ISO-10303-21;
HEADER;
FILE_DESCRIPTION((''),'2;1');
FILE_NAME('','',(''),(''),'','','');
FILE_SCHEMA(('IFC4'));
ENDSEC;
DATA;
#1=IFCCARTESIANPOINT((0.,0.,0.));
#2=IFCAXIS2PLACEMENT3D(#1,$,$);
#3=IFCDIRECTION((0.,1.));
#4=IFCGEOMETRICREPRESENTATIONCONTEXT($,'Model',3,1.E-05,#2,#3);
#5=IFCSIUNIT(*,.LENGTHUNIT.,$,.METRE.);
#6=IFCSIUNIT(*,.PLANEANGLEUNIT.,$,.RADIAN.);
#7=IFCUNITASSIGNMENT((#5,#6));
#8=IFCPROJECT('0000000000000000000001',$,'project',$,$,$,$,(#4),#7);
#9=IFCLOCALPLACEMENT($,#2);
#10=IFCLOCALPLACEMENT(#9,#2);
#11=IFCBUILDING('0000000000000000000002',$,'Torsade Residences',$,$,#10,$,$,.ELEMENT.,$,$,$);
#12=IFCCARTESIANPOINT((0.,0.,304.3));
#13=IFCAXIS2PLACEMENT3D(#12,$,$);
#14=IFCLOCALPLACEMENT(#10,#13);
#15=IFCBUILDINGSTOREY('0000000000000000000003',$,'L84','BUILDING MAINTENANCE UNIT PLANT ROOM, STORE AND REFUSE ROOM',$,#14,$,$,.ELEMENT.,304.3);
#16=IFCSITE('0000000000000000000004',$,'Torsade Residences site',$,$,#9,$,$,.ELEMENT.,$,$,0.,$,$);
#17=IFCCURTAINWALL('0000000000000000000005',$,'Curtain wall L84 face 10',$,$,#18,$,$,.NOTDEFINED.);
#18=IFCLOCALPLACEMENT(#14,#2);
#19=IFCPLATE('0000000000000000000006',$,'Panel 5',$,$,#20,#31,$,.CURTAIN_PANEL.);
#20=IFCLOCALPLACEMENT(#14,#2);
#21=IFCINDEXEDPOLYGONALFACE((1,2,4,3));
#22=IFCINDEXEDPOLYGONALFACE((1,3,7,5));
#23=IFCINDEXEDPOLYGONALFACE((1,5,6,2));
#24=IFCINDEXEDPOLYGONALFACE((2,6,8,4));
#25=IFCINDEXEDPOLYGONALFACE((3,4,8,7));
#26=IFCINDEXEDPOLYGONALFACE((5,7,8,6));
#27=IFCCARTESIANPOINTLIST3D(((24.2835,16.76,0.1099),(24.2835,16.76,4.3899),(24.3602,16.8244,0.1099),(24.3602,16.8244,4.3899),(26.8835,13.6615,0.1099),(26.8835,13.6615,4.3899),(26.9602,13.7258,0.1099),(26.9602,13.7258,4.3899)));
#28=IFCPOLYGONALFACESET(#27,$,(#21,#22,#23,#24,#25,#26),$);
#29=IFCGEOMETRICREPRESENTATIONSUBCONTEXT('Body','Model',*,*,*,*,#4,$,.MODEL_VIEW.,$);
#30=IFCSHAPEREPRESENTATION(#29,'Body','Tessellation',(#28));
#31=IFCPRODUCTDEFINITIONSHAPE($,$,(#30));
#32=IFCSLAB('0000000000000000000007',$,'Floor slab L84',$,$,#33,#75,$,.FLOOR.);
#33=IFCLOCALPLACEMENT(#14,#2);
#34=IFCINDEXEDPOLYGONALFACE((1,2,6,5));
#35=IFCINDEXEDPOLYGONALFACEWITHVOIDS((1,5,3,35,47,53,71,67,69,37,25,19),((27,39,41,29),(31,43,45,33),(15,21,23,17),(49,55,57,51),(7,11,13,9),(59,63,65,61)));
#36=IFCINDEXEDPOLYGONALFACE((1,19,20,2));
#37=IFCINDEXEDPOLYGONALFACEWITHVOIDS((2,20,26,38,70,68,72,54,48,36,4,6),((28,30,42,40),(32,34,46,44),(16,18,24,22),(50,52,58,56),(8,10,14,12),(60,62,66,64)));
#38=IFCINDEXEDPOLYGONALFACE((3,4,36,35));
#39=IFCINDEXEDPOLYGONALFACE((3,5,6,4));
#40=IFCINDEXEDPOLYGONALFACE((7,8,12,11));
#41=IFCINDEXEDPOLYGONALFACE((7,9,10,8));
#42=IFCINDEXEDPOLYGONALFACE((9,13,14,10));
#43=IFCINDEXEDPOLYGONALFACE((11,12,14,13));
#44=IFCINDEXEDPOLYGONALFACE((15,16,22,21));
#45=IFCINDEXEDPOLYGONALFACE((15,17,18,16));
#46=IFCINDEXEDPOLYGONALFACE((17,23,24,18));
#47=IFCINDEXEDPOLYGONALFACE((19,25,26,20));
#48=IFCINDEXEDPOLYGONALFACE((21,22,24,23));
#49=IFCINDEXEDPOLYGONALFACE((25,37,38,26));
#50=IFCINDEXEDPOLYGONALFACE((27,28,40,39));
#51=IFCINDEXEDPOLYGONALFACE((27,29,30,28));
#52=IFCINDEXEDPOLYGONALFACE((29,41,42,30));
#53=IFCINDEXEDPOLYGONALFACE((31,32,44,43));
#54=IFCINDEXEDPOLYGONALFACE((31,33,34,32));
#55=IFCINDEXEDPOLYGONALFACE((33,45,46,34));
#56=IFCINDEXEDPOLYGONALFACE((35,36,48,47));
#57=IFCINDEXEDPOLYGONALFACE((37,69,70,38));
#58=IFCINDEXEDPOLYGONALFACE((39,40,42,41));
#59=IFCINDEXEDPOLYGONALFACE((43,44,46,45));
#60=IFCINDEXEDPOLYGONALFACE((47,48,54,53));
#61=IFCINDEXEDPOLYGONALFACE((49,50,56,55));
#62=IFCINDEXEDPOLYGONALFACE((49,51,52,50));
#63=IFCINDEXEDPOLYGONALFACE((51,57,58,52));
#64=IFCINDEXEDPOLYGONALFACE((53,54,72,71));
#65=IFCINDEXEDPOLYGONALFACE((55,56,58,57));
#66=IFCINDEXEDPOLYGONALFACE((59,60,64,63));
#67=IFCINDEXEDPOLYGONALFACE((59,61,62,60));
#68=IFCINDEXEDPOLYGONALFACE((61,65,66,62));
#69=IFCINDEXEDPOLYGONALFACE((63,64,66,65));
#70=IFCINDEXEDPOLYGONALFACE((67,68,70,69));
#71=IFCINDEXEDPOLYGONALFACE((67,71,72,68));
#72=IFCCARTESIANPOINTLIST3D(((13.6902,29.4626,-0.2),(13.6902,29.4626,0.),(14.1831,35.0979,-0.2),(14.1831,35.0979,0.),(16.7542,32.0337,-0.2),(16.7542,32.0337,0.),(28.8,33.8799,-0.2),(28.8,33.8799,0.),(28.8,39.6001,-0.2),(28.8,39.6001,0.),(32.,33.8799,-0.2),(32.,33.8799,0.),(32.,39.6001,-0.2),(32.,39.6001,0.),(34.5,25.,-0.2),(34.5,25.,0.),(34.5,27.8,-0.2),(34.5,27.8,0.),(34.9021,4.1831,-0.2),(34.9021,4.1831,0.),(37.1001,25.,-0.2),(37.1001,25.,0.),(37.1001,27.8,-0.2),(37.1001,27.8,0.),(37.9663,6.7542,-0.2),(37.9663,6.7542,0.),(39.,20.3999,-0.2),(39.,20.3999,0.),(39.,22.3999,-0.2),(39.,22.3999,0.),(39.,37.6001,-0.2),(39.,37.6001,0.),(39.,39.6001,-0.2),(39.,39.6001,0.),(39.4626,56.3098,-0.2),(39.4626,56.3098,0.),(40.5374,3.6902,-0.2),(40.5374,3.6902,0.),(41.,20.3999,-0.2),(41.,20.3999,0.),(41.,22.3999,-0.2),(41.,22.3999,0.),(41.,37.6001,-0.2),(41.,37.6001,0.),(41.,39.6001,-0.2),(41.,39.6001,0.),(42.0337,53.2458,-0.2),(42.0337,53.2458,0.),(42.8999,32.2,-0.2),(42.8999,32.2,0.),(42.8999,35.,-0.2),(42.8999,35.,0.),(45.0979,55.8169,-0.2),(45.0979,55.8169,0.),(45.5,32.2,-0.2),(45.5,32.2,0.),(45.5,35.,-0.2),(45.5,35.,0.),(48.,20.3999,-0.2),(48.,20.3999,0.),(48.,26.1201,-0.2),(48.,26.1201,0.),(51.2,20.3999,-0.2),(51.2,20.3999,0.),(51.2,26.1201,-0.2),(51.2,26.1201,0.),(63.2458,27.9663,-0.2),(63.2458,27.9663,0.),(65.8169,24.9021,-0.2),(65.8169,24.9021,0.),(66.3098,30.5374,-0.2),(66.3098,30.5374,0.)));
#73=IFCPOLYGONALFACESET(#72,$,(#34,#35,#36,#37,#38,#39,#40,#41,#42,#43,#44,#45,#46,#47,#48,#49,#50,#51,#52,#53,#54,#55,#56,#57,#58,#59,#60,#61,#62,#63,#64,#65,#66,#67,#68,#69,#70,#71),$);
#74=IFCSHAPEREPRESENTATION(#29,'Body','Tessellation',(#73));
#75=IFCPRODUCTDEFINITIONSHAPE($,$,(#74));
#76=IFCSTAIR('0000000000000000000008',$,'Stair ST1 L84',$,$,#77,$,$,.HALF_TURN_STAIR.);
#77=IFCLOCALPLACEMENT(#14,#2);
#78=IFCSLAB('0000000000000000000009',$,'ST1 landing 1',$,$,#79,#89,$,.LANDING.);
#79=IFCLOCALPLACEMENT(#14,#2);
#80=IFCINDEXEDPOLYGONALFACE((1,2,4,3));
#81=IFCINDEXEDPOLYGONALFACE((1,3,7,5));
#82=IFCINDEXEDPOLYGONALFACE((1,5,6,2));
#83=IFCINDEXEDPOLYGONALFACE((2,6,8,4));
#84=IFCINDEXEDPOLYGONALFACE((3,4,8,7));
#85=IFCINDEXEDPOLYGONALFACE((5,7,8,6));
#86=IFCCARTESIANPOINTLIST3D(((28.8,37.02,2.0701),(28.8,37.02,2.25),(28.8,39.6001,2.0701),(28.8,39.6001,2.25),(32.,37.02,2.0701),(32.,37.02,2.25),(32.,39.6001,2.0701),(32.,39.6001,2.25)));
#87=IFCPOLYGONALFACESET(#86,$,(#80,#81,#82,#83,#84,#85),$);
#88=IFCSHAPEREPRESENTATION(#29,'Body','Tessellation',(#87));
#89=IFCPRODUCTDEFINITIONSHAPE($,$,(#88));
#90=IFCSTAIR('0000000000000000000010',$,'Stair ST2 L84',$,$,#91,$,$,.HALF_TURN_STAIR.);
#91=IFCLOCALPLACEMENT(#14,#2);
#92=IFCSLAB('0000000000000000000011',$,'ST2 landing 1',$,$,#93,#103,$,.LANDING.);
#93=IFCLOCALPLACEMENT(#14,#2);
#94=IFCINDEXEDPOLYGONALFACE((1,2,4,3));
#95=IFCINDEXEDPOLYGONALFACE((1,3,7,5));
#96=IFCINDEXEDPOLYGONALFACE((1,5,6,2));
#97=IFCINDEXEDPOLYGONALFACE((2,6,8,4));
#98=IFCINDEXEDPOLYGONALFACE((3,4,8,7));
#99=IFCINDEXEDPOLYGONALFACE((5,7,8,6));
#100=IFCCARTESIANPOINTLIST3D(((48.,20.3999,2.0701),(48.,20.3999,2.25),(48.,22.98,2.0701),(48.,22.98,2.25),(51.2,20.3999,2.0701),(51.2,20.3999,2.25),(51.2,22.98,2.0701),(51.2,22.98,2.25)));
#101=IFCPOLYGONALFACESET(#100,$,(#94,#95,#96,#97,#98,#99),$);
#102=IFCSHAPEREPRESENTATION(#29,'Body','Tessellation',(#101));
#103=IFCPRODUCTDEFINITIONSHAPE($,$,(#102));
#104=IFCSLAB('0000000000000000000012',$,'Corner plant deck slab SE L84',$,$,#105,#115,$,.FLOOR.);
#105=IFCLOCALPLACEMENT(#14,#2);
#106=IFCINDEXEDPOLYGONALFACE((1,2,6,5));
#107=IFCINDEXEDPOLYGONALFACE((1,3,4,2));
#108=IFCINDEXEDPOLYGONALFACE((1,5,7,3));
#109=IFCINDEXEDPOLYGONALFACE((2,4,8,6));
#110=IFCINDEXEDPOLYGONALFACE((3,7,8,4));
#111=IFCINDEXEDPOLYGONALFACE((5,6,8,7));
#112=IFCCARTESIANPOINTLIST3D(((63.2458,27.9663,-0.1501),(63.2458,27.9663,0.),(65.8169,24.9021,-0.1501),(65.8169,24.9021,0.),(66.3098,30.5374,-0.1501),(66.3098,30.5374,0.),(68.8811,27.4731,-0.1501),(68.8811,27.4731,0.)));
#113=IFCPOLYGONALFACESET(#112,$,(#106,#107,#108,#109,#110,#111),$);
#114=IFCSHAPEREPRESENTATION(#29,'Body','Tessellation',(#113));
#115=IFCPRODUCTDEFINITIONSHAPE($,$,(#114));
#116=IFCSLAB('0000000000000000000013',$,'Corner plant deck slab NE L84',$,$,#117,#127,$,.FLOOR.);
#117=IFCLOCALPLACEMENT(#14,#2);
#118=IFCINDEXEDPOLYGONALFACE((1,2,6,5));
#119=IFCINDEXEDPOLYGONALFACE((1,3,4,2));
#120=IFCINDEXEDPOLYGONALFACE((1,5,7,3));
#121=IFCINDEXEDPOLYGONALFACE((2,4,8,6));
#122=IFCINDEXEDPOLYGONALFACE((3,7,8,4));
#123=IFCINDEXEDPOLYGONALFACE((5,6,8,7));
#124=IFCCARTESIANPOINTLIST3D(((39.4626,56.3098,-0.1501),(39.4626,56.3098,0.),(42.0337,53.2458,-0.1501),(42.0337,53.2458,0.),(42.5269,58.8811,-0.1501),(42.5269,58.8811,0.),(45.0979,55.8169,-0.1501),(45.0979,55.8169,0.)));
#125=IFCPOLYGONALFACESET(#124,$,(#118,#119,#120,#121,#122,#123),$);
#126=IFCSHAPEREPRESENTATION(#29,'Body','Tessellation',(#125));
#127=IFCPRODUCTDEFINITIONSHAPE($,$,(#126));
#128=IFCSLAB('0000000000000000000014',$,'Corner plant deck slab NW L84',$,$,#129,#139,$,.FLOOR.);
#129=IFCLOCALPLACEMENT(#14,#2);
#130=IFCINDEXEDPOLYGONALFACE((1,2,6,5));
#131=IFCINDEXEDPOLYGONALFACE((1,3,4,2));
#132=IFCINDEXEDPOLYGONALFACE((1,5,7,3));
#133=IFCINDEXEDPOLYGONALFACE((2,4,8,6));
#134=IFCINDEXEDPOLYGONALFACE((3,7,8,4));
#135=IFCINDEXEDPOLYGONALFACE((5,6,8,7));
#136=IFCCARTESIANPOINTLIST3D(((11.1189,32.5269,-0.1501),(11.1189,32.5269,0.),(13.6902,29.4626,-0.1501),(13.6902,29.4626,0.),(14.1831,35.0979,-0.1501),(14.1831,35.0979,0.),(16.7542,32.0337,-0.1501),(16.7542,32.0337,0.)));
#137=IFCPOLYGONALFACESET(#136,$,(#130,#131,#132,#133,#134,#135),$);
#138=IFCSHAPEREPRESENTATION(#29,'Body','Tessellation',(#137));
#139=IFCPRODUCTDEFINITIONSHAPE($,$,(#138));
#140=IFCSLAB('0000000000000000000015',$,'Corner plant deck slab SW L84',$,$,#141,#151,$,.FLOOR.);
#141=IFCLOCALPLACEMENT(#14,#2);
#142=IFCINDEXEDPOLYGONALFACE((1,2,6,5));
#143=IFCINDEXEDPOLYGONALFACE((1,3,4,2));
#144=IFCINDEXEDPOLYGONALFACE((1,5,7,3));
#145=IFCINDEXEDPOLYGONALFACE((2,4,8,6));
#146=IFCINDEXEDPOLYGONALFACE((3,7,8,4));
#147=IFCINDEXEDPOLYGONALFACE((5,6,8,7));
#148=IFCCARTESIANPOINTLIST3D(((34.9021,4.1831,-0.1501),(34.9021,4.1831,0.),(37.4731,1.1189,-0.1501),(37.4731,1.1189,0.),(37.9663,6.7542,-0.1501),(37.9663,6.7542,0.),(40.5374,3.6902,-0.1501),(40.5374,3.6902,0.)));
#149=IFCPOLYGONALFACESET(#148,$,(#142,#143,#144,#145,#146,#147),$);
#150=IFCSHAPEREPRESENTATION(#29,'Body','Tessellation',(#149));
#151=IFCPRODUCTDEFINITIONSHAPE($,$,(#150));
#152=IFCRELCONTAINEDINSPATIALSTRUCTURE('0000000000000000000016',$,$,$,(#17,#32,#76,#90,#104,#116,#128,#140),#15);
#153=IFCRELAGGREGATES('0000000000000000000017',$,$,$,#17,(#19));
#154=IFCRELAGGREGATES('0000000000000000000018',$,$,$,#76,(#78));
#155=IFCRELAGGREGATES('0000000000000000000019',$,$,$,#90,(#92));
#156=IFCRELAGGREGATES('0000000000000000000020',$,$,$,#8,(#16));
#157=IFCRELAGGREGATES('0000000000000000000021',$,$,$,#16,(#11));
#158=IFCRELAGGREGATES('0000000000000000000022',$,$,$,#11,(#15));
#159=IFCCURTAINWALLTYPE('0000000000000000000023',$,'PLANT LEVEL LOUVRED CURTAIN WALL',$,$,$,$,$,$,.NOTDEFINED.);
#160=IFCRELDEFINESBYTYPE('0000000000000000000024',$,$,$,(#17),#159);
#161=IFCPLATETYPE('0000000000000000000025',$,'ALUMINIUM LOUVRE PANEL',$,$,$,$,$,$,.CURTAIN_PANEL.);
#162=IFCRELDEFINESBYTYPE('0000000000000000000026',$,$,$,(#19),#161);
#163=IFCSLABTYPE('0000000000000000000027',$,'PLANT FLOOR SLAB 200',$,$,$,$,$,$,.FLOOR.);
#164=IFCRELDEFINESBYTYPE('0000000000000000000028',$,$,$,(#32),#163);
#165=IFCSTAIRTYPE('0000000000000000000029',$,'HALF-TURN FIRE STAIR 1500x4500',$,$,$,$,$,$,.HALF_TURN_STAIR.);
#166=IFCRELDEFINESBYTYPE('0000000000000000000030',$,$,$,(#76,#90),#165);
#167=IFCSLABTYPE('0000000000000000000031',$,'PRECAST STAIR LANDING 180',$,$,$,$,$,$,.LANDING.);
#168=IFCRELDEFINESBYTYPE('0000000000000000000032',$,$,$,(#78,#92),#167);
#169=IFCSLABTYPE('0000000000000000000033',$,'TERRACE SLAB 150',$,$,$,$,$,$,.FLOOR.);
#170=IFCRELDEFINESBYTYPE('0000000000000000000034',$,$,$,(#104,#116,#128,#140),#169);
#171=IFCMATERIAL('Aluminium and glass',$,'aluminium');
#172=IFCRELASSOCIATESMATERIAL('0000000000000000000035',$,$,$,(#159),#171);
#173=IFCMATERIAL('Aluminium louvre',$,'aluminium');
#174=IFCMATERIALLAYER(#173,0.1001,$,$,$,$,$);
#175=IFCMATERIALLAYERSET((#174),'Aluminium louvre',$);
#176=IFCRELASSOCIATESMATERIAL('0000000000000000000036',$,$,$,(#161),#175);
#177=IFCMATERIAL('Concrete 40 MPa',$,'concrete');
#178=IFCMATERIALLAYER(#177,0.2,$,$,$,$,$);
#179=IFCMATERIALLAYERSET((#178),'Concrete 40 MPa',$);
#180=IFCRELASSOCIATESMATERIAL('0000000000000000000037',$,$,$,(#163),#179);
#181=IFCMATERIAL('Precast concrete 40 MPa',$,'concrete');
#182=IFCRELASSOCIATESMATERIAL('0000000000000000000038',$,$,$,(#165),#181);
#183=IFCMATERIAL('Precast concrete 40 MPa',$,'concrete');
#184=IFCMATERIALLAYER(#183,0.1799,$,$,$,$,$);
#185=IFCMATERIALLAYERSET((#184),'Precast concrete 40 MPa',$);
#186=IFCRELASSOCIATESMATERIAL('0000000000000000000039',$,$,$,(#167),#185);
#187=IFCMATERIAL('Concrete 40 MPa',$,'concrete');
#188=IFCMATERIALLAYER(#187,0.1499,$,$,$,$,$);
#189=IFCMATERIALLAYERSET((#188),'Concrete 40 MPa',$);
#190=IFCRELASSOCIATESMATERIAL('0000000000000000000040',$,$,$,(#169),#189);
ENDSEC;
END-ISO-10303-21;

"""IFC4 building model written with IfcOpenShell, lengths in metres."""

from ifc_helpers import new_model, si_unit, direction, frame, origin, origin_2d, place, context, subcontext, project, spatial, polyline, rectangle, outline, extrude, material, layer, layer_set, type_object, element, aggregate, save


model = new_model("IFC4")

# Units and contexts
model_context = context("Model", 3, precision=1e-05, world=origin(), true_north=direction((0.0, 1.0)))
body_context = subcontext(model_context, "Body", "Model", "MODEL_VIEW")
ifc_project = project(units=[si_unit("LENGTHUNIT", "METRE"), si_unit("PLANEANGLEUNIT", "RADIAN")], contexts=[model_context])

# Site, building, storey
site_placement = place(None, origin())
site = spatial("IfcSite", under=ifc_project, at=site_placement, Name="Torsade Residences site", CompositionType="ELEMENT", RefElevation=0.0)
building_placement = place(site_placement, origin())
building = spatial("IfcBuilding", under=site, at=building_placement, Name="Torsade Residences", CompositionType="ELEMENT")
storey_placement = place(building_placement, frame((0.0, 0.0, 304.3)))
storey = spatial("IfcBuildingStorey", under=building, at=storey_placement, Name="L84", Description="BUILDING MAINTENANCE UNIT PLANT ROOM, STORE AND REFUSE ROOM", CompositionType="ELEMENT", Elevation=304.3)

# Curtain wall
ifc_material_1 = material(Name="Aluminium and glass", Category="aluminium")
curtain_wall_type = type_object("IfcCurtainWallType", Name="PLANT LEVEL LOUVRED CURTAIN WALL", PredefinedType="NOTDEFINED", material=ifc_material_1)
curtain_wall_placement = place(storey_placement, origin())
curtain_wall = element("IfcCurtainWall", 1, at=curtain_wall_placement, inside=storey, type_object=curtain_wall_type, Name="Curtain wall L84 face 10", PredefinedType="NOTDEFINED")

# Plate
ifc_material_2 = material(Name="Aluminium louvre", Category="aluminium")
ifc_layer_1 = layer(ifc_material_2, 0.1001)
ifc_layer_set_1 = layer_set([ifc_layer_1], Name="Aluminium louvre")
plate_type = type_object("IfcPlateType", Name="ALUMINIUM LOUVRE PANEL", PredefinedType="CURTAIN_PANEL", material=ifc_layer_set_1)
plate_1_placement = place(storey_placement, frame((25.6218, 15.2429, 0.1099), z_axis=(0.0, 0.0, 1.0), x_axis=(0.642788, -0.766044, 0.0)))
plate_1 = element("IfcPlate", 2, at=plate_1_placement, type_object=plate_type, Name="Panel 5", PredefinedType="CURTAIN_PANEL", context=body_context, shape_type="SweptSolid", body=[
    extrude(rectangle(XDim=4.0449, YDim=0.1001, at=origin_2d()), origin(), (0.0, 0.0, 1.0), 4.28),
])
aggregate(curtain_wall, [plate_1])

# Slab
ifc_material_3 = material(Name="Concrete 40 MPa", Category="concrete")
ifc_layer_2 = layer(ifc_material_3, 0.2)
ifc_layer_set_2 = layer_set([ifc_layer_2], Name="Concrete 40 MPa")
slab_type_1 = type_object("IfcSlabType", Name="PLANT FLOOR SLAB 200", PredefinedType="FLOOR", material=ifc_layer_set_2)
slab_1_placement = place(storey_placement, frame((0.0, 0.0, -0.2)))
element("IfcSlab", 3, at=slab_1_placement, inside=storey, type_object=slab_type_1, Name="Floor slab L84", PredefinedType="FLOOR", context=body_context, shape_type="SweptSolid", body=[
    extrude(outline(polyline([(40.5374, 3.6902), (65.8169, 24.9021), (63.2458, 27.9663), (66.3098, 30.5374), (45.0979, 55.8169), (42.0337, 53.2458), (39.4626, 56.3098), (14.1831, 35.0979), (16.7542, 32.0337), (13.6902, 29.4626), (34.9021, 4.1831), (37.9663, 6.7542), (40.5374, 3.6902)]), holes=[polyline([(51.2, 26.1201), (48.0, 26.1201), (48.0, 20.3999), (51.2, 20.3999), (51.2, 26.1201)]), polyline([(42.8999, 35.0), (42.8999, 32.2), (45.5, 32.2), (45.5, 35.0), (42.8999, 35.0)]), polyline([(39.0, 22.3999), (39.0, 20.3999), (41.0, 20.3999), (41.0, 22.3999), (39.0, 22.3999)]), polyline([(41.0, 39.6001), (39.0, 39.6001), (39.0, 37.6001), (41.0, 37.6001), (41.0, 39.6001)]), polyline([(37.1001, 27.8), (34.5, 27.8), (34.5, 25.0), (37.1001, 25.0), (37.1001, 27.8)]), polyline([(32.0, 39.6001), (28.8, 39.6001), (28.8, 33.8799), (32.0, 33.8799), (32.0, 39.6001)])]), origin(), (0.0, 0.0, 1.0), 0.2),
])

# Stairs, slabs
ifc_material_4 = material(Name="Precast concrete 40 MPa", Category="concrete")
stair_type = type_object("IfcStairType", Name="HALF-TURN FIRE STAIR 1500x4500", PredefinedType="HALF_TURN_STAIR", material=ifc_material_4)
stair_1_placement = place(storey_placement, origin())
stair_1 = element("IfcStair", 4, at=stair_1_placement, inside=storey, type_object=stair_type, Name="Stair ST1 L84", PredefinedType="HALF_TURN_STAIR")
ifc_material_5 = material(Name="Precast concrete 40 MPa", Category="concrete")
ifc_layer_3 = layer(ifc_material_5, 0.1799)
ifc_layer_set_3 = layer_set([ifc_layer_3], Name="Precast concrete 40 MPa")
slab_type_2 = type_object("IfcSlabType", Name="PRECAST STAIR LANDING 180", PredefinedType="LANDING", material=ifc_layer_set_3)
slab_2_placement = place(storey_placement, frame((0.0, 0.0, 2.0701)))
slab_2 = element("IfcSlab", 5, at=slab_2_placement, type_object=slab_type_2, Name="ST1 landing 1", PredefinedType="LANDING", context=body_context, shape_type="SweptSolid", body=[
    extrude(outline(polyline([(28.8, 37.02), (32.0, 37.02), (32.0, 39.6001), (28.8, 39.6001), (28.8, 37.02)])), origin(), (0.0, 0.0, 1.0), 0.1799),
])
aggregate(stair_1, [slab_2])
stair_2_placement = place(storey_placement, origin())
stair_2 = element("IfcStair", 6, at=stair_2_placement, inside=storey, type_object=stair_type, Name="Stair ST2 L84", PredefinedType="HALF_TURN_STAIR")
slab_3_placement = place(storey_placement, frame((0.0, 0.0, 2.0701)))
slab_3 = element("IfcSlab", 7, at=slab_3_placement, type_object=slab_type_2, Name="ST2 landing 1", PredefinedType="LANDING", context=body_context, shape_type="SweptSolid", body=[
    extrude(outline(polyline([(48.0, 20.3999), (51.2, 20.3999), (51.2, 22.98), (48.0, 22.98), (48.0, 20.3999)])), origin(), (0.0, 0.0, 1.0), 0.1799),
])
aggregate(stair_2, [slab_3])

# Slabs
ifc_material_6 = material(Name="Concrete 40 MPa", Category="concrete")
ifc_layer_4 = layer(ifc_material_6, 0.1499)
ifc_layer_set_4 = layer_set([ifc_layer_4], Name="Concrete 40 MPa")
slab_type_3 = type_object("IfcSlabType", Name="TERRACE SLAB 150", PredefinedType="FLOOR", material=ifc_layer_set_4)
slab_4_placement = place(storey_placement, frame((0.0, 0.0, -0.1501)))
element("IfcSlab", 8, at=slab_4_placement, inside=storey, type_object=slab_type_3, Name="Corner plant deck slab SE L84", PredefinedType="FLOOR", context=body_context, shape_type="SweptSolid", body=[
    extrude(outline(polyline([(65.8169, 24.9021), (68.8811, 27.4731), (66.3098, 30.5374), (63.2458, 27.9663), (65.8169, 24.9021)])), origin(), (0.0, 0.0, 1.0), 0.1501),
])
slab_5_placement = place(storey_placement, frame((0.0, 0.0, -0.1501)))
element("IfcSlab", 9, at=slab_5_placement, inside=storey, type_object=slab_type_3, Name="Corner plant deck slab NE L84", PredefinedType="FLOOR", context=body_context, shape_type="SweptSolid", body=[
    extrude(outline(polyline([(42.0337, 53.2458), (45.0979, 55.8169), (42.5269, 58.8811), (39.4626, 56.3098), (42.0337, 53.2458)])), origin(), (0.0, 0.0, 1.0), 0.1501),
])
slab_6_placement = place(storey_placement, frame((0.0, 0.0, -0.1501)))
element("IfcSlab", 10, at=slab_6_placement, inside=storey, type_object=slab_type_3, Name="Corner plant deck slab NW L84", PredefinedType="FLOOR", context=body_context, shape_type="SweptSolid", body=[
    extrude(outline(polyline([(13.6902, 29.4626), (16.7542, 32.0337), (14.1831, 35.0979), (11.1189, 32.5269), (13.6902, 29.4626)])), origin(), (0.0, 0.0, 1.0), 0.1501),
])
slab_7_placement = place(storey_placement, frame((0.0, 0.0, -0.1501)))
element("IfcSlab", 11, at=slab_7_placement, inside=storey, type_object=slab_type_3, Name="Corner plant deck slab SW L84", PredefinedType="FLOOR", context=body_context, shape_type="SweptSolid", body=[
    extrude(outline(polyline([(37.4731, 1.1189), (40.5374, 3.6902), (37.9663, 6.7542), (34.9021, 4.1831), (37.4731, 1.1189)])), origin(), (0.0, 0.0, 1.0), 0.1501),
])

save(model, "model.ifc")
